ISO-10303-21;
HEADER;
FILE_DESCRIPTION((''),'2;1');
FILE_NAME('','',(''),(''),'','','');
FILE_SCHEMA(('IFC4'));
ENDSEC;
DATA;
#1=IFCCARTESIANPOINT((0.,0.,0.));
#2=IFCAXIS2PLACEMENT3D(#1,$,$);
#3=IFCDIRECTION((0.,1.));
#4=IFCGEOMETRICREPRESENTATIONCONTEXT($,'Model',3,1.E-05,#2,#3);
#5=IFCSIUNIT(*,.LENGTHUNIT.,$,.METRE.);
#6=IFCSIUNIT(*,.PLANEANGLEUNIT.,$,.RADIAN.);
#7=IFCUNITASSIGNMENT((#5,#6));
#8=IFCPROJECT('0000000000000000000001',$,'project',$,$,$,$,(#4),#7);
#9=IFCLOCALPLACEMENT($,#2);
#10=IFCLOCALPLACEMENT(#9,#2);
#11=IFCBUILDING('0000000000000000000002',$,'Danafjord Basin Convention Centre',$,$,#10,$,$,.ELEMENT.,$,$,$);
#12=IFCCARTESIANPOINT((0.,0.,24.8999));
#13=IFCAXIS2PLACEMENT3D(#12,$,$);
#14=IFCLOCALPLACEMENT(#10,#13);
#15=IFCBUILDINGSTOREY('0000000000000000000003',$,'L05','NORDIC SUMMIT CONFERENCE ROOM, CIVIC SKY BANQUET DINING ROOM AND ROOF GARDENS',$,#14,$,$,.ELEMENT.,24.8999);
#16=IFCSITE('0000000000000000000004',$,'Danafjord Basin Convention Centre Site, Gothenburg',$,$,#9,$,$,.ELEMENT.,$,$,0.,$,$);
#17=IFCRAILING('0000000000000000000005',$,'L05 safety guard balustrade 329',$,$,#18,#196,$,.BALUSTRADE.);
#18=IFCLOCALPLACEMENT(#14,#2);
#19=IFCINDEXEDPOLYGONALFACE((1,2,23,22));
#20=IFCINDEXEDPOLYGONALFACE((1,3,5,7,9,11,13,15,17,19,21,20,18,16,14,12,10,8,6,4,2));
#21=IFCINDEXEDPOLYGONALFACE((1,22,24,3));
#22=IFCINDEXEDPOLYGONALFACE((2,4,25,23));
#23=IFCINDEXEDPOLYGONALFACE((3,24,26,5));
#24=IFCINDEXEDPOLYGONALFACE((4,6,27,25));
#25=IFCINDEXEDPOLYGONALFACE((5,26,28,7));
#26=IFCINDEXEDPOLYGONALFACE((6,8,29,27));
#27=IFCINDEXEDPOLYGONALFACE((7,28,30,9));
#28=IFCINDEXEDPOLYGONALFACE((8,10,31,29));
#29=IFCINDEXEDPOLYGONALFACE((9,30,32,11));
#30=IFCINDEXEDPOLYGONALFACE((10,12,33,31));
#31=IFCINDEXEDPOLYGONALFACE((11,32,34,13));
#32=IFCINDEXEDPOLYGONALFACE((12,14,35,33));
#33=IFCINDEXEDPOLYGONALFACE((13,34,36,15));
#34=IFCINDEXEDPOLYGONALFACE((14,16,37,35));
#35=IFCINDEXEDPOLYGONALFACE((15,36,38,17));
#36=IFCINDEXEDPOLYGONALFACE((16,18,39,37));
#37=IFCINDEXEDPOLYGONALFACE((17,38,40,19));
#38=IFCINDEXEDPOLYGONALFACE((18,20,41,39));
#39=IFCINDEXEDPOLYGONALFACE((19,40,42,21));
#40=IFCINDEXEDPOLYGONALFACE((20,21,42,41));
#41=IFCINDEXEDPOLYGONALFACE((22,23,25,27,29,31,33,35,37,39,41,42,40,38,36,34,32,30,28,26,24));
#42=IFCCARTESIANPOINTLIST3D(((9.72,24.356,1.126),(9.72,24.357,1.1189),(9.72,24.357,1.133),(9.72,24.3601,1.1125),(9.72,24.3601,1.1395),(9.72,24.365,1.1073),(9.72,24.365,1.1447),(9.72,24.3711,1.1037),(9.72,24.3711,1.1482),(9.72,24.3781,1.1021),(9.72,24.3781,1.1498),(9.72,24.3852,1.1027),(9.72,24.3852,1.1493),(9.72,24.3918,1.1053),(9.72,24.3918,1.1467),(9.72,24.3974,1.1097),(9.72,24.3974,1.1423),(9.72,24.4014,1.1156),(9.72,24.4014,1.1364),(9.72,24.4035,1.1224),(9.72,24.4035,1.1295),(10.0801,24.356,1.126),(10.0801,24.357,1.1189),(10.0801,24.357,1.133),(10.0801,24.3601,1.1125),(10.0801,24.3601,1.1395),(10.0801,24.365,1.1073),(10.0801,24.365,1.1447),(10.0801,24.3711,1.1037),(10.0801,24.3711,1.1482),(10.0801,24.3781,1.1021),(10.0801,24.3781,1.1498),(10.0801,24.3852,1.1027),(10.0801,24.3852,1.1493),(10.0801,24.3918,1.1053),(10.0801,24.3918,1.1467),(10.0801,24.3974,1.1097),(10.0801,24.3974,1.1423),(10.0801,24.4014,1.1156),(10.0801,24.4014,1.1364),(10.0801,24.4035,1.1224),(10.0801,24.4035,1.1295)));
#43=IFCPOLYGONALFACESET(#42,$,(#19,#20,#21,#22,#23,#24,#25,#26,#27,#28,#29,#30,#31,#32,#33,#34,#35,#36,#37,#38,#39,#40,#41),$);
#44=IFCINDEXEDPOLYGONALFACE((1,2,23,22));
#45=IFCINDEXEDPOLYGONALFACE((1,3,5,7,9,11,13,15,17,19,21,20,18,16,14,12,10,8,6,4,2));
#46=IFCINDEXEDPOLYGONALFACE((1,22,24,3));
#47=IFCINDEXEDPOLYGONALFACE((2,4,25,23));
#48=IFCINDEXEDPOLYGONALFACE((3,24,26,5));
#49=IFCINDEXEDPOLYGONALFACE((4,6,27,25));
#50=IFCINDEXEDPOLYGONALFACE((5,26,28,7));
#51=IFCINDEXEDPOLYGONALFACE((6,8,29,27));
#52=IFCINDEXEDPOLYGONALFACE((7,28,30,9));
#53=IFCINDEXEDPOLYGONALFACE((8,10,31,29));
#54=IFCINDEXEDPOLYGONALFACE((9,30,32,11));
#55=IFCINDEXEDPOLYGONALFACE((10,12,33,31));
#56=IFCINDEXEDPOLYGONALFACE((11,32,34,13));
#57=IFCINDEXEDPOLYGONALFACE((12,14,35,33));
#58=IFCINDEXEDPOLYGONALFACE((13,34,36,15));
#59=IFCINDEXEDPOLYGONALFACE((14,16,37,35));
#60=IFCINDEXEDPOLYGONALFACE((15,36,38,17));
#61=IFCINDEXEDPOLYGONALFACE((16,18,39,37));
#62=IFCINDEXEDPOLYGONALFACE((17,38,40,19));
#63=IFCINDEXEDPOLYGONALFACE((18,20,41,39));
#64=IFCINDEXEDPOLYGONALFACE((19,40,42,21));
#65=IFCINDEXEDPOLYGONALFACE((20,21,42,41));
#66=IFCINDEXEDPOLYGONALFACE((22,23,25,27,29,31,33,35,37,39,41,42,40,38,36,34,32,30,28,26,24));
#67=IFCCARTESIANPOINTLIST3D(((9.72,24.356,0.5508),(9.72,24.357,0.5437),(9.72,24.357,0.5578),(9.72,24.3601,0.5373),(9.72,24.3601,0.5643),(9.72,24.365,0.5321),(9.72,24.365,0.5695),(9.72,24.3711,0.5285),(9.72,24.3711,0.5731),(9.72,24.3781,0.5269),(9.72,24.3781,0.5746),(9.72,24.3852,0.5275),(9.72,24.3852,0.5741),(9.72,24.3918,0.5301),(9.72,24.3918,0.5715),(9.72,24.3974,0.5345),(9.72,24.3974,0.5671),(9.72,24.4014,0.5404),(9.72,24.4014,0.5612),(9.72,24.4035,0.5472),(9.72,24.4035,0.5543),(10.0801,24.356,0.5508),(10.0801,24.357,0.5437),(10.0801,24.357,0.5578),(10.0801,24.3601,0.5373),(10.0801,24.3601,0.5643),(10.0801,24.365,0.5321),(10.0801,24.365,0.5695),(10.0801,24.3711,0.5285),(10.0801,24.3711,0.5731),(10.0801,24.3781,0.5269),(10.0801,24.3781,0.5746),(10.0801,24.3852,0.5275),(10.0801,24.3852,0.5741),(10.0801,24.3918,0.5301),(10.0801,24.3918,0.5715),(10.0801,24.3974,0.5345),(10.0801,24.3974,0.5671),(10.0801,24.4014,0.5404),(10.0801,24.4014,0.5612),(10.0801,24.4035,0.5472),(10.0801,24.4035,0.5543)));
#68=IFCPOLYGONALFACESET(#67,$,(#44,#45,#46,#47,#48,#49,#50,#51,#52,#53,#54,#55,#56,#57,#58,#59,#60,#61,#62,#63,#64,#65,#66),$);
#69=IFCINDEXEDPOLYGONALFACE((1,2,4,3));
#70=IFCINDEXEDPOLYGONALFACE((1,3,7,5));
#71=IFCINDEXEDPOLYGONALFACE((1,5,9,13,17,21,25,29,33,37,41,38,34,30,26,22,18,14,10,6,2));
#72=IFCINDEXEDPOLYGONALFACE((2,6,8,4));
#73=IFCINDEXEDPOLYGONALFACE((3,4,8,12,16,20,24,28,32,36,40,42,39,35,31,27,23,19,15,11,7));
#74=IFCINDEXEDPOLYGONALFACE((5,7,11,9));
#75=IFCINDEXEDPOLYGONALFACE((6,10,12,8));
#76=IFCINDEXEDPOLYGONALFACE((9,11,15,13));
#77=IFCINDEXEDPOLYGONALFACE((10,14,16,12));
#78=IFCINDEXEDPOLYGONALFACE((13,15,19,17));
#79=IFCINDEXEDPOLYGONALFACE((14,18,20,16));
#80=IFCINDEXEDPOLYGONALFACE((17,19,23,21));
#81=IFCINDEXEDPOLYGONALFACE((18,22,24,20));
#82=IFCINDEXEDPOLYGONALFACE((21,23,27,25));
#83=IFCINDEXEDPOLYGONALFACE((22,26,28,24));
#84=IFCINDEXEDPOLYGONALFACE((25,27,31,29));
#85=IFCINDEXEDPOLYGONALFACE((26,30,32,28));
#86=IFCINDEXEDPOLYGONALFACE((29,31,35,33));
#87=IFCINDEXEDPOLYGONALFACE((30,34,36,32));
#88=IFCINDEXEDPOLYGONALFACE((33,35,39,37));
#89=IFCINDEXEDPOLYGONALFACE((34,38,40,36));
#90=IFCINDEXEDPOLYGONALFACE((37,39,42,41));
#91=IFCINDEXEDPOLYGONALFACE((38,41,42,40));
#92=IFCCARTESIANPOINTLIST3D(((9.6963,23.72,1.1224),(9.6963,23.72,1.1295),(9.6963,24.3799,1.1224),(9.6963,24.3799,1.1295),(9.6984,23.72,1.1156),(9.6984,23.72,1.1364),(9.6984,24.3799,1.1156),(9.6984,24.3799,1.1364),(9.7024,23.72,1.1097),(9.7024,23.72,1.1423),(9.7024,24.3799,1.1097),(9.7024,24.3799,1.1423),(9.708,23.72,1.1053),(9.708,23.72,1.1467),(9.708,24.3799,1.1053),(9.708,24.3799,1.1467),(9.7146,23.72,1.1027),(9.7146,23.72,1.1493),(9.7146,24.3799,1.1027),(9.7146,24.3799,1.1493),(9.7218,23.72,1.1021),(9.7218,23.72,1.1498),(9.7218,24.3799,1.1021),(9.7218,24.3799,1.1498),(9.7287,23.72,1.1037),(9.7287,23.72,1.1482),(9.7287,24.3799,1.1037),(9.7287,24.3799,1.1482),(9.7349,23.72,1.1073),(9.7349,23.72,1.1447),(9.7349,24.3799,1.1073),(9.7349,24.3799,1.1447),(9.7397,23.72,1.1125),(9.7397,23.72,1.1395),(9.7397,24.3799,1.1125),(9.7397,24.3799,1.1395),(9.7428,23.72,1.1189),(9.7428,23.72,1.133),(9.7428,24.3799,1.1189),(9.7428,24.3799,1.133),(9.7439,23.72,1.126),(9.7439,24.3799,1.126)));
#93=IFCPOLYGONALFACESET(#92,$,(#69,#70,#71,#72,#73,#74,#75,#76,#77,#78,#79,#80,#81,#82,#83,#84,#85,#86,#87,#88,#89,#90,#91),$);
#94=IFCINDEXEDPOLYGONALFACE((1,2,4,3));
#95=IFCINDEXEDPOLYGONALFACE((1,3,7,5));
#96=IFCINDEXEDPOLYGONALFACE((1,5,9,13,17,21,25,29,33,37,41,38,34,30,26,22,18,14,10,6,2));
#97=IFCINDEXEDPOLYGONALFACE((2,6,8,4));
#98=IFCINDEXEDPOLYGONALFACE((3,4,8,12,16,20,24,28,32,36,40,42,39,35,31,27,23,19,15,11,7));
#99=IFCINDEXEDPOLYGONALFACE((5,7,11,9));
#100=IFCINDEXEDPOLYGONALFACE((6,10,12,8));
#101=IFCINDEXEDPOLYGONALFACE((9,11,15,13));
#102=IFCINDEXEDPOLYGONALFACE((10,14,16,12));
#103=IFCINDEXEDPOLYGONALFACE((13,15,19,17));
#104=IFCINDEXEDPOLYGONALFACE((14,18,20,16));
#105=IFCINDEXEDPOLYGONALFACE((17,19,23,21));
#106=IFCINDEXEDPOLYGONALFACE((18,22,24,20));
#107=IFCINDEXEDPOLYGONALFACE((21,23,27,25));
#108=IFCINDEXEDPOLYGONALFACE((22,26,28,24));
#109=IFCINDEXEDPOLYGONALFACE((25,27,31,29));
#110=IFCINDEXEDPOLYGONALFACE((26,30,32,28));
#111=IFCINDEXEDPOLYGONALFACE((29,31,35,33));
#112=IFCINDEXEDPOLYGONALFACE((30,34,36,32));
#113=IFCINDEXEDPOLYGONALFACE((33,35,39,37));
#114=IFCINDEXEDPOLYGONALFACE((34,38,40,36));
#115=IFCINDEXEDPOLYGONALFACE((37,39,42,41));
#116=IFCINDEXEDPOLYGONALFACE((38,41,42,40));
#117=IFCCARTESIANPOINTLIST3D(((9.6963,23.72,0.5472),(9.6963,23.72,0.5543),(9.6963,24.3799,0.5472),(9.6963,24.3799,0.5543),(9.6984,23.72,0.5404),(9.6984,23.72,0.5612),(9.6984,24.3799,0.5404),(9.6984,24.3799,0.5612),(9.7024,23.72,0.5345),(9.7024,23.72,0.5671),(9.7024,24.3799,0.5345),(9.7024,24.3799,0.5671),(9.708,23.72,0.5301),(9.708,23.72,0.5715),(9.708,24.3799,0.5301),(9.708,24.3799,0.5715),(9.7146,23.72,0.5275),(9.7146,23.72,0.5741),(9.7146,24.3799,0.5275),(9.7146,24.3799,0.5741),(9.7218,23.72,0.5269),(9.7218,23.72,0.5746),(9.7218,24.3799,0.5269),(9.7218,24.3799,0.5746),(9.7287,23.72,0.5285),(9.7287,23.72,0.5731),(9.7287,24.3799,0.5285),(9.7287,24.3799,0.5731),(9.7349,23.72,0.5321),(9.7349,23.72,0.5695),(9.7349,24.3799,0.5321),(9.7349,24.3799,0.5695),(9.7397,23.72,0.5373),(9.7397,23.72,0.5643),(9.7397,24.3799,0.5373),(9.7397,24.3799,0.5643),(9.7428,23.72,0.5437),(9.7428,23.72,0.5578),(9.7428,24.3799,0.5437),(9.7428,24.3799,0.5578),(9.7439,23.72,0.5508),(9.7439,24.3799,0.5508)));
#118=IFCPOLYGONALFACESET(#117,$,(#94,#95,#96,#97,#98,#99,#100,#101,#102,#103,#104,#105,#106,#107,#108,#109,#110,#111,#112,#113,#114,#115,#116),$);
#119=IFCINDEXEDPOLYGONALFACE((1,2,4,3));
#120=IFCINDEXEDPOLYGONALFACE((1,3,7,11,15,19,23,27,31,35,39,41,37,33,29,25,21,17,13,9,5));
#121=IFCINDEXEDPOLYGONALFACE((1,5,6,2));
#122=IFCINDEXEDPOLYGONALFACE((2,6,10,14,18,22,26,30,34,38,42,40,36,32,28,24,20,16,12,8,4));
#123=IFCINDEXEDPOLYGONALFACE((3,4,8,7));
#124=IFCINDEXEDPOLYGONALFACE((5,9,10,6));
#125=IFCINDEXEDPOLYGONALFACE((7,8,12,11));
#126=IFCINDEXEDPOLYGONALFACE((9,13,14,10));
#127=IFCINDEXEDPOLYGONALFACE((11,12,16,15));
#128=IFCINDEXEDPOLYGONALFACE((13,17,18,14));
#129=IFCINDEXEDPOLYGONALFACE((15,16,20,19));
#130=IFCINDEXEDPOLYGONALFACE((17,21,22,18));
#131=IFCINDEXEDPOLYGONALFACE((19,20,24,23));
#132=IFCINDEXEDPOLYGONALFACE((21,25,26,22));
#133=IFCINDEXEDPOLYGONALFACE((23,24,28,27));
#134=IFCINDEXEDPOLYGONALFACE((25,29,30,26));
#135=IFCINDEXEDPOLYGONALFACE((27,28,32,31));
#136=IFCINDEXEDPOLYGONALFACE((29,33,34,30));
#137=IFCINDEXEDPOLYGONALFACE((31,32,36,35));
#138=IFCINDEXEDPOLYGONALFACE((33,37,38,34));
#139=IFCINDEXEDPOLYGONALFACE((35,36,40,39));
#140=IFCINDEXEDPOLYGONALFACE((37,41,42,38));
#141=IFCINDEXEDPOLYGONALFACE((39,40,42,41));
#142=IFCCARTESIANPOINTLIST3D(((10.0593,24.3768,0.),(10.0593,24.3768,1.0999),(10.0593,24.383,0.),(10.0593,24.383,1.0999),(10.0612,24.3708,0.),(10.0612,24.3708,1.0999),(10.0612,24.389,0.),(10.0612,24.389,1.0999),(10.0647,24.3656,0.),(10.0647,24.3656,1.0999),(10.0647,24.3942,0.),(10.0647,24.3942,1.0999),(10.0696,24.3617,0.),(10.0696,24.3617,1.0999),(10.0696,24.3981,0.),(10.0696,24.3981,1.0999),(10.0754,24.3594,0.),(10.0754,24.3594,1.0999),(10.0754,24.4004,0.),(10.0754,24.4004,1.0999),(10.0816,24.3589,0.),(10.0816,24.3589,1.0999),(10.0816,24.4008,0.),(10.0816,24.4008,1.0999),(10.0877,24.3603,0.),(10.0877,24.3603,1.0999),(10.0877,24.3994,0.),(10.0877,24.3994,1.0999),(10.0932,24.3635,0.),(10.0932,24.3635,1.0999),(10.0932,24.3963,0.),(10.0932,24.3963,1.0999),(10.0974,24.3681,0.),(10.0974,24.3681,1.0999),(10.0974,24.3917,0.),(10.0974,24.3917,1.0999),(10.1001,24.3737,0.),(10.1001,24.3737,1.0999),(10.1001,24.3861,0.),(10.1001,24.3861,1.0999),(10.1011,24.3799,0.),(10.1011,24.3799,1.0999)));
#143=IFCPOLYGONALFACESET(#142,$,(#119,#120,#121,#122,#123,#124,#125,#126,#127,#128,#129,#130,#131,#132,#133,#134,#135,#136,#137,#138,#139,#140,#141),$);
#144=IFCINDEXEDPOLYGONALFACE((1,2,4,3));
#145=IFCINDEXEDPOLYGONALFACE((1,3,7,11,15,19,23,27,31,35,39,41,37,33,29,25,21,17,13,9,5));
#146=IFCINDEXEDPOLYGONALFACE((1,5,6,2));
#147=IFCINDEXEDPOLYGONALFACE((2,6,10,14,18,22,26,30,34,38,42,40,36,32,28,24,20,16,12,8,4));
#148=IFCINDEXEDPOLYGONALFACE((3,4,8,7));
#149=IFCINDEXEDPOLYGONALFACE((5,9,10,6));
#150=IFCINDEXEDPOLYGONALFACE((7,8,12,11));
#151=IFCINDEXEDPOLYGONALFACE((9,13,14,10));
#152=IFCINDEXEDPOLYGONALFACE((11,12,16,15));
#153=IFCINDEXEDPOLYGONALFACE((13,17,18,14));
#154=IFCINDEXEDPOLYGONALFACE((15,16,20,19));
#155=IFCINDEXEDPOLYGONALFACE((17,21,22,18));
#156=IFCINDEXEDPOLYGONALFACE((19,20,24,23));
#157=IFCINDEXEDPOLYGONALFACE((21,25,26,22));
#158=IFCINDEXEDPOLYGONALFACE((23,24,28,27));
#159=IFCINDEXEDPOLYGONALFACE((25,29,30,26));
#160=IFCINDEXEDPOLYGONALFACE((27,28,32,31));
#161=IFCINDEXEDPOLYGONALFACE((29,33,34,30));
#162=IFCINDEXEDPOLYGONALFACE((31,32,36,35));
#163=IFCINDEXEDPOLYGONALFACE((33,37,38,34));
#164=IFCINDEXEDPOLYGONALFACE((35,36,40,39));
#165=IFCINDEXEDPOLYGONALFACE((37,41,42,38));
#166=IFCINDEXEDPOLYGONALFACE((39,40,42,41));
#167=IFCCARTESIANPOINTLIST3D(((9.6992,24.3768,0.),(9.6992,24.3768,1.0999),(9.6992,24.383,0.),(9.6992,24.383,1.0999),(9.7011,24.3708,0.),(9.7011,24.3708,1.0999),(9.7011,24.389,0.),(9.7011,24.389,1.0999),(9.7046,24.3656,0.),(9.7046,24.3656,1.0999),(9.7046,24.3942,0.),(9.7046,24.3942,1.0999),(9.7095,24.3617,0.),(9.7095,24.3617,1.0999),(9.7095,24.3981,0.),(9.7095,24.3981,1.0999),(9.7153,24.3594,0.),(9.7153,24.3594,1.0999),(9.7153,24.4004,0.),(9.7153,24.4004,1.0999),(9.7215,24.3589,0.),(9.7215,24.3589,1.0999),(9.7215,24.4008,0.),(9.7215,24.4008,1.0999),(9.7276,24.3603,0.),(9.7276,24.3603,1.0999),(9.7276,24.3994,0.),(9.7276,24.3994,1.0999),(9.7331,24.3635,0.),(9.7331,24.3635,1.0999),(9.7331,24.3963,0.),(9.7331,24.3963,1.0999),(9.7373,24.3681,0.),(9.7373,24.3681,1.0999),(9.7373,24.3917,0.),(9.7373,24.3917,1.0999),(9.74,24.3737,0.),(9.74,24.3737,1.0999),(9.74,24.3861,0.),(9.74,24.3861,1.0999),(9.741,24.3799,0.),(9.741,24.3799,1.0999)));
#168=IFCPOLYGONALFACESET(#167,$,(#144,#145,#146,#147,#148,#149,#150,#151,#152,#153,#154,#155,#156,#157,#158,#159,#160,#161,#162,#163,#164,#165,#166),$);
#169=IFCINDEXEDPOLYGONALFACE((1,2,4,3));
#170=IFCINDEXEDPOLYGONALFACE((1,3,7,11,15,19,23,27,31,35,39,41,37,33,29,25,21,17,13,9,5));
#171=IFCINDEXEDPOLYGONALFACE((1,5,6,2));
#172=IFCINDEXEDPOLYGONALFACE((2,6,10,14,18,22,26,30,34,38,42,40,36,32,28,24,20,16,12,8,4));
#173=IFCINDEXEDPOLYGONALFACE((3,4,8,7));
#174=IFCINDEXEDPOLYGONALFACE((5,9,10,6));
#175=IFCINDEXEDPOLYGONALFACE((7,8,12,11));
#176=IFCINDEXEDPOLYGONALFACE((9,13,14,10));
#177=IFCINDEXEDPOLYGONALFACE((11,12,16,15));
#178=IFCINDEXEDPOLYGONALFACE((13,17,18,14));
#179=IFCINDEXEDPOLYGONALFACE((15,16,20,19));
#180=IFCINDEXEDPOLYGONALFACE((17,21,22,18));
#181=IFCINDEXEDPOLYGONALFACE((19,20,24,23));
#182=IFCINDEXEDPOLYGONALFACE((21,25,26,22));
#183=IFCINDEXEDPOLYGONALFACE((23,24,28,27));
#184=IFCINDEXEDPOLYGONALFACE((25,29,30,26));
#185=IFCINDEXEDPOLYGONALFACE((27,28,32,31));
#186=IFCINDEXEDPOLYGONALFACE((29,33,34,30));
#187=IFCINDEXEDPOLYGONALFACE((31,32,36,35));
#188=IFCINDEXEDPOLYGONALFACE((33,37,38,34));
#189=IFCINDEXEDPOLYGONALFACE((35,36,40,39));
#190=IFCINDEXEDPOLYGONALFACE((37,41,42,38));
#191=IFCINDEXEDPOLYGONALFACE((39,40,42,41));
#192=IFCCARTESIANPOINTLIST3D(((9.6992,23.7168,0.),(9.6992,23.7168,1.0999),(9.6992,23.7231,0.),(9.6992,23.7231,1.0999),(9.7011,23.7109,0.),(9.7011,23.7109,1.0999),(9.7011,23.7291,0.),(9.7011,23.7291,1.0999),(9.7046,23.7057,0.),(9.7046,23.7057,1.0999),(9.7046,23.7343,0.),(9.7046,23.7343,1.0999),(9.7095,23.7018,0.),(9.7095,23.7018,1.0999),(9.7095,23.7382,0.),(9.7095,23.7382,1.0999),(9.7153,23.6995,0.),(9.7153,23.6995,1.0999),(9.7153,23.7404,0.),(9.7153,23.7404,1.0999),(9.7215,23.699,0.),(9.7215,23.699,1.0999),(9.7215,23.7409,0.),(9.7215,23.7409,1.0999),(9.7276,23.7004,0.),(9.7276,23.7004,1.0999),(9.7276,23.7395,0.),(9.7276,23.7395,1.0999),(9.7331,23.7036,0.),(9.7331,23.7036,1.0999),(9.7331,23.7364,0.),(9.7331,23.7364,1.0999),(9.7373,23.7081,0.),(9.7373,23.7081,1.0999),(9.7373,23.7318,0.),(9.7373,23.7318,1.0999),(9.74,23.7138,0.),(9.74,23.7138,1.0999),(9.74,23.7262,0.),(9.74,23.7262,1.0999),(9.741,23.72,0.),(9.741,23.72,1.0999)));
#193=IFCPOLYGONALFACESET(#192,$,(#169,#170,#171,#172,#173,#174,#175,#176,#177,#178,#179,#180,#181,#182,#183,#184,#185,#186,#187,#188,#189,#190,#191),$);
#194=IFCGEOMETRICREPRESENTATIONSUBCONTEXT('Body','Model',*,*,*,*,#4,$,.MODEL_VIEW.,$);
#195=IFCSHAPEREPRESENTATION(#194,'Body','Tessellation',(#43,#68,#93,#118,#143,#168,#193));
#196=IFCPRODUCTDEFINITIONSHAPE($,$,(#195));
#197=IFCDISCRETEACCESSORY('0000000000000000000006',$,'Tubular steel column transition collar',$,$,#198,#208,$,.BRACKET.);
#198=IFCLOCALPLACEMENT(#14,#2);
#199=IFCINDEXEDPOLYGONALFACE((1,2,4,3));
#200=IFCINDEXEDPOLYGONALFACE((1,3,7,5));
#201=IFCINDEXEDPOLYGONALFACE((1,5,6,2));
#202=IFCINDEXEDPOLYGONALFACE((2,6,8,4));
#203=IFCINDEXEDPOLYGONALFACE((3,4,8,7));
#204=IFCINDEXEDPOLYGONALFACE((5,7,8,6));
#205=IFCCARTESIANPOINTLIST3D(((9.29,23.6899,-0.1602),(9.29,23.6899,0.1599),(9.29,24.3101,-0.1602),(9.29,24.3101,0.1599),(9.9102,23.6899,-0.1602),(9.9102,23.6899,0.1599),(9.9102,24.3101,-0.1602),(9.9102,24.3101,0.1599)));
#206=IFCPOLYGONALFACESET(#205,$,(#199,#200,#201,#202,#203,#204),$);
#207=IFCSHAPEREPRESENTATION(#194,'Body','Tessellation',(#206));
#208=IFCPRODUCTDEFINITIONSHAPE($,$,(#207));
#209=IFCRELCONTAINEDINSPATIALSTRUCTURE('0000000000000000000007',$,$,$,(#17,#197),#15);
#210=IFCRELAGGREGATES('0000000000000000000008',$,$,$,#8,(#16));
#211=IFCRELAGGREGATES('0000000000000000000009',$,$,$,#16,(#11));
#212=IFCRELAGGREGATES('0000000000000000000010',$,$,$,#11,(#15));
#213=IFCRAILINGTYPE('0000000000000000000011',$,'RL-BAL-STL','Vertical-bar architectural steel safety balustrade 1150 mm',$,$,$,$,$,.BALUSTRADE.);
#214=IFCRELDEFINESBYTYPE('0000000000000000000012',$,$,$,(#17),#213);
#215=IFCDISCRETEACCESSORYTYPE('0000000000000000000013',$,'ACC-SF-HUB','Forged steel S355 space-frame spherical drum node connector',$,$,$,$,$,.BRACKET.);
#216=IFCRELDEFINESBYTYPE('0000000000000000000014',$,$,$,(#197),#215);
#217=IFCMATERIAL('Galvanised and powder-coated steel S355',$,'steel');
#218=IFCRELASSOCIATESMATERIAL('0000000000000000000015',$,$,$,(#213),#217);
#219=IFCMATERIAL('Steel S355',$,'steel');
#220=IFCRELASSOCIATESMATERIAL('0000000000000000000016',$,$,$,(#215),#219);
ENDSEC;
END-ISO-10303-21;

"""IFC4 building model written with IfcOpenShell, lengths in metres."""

from ifc_helpers import new_model, si_unit, direction, frame, origin, origin_2d, place, context, subcontext, project, spatial, rectangle, circle, extrude, material, type_object, element, save


model = new_model("IFC4")

# Units and contexts
model_context = context("Model", 3, precision=1e-05, world=origin(), true_north=direction((0.0, 1.0)))
body_context = subcontext(model_context, "Body", "Model", "MODEL_VIEW")
ifc_project = project(units=[si_unit("LENGTHUNIT", "METRE"), si_unit("PLANEANGLEUNIT", "RADIAN")], contexts=[model_context])

# Site, building, storey
site_placement = place(None, origin())
site = spatial("IfcSite", under=ifc_project, at=site_placement, Name="Danafjord Basin Convention Centre Site, Gothenburg", CompositionType="ELEMENT", RefElevation=0.0)
building_placement = place(site_placement, origin())
building = spatial("IfcBuilding", under=site, at=building_placement, Name="Danafjord Basin Convention Centre", CompositionType="ELEMENT")
storey_placement = place(building_placement, frame((0.0, 0.0, 24.8999)))
storey = spatial("IfcBuildingStorey", under=building, at=storey_placement, Name="L05", Description="NORDIC SUMMIT CONFERENCE ROOM, CIVIC SKY BANQUET DINING ROOM AND ROOF GARDENS", CompositionType="ELEMENT", Elevation=24.8999)

# Shared definitions
ifc_material_1 = material(Name="Steel S355", Category="steel")

# Railing
ifc_material_2 = material(Name="Galvanised and powder-coated steel S355", Category="steel")
railing_type_1 = type_object("IfcRailingType", Name="RL-BAL-STL", Description="Vertical-bar architectural steel safety balustrade 1150 mm", PredefinedType="BALUSTRADE", material=ifc_material_2)
railing_1_placement = place(storey_placement, frame((10.0801, 24.3799, 0.0)))
element("IfcRailing", 1, at=railing_1_placement, inside=storey, type_object=railing_type_1, Name="L05 safety guard balustrade 329", PredefinedType="BALUSTRADE", context=body_context, shape_type="SweptSolid", body=[
    extrude(circle(Radius=0.0239, at=origin_2d()), frame((0.0, 0.0, 1.126), z_axis=(-1.0, 0.0, 0.0), x_axis=(0.0, -1.0, 0.0)), (0.0, 0.0, 1.0), 0.3601),
    extrude(circle(Radius=0.0239, at=origin_2d()), frame((0.0, 0.0, 0.5508), z_axis=(-1.0, 0.0, 0.0), x_axis=(0.0, -1.0, 0.0)), (0.0, 0.0, 1.0), 0.3601),
    extrude(circle(Radius=0.0239, at=origin_2d()), frame((-0.3601, 0.0, 1.126), z_axis=(0.0, -1.0, 0.0), x_axis=(1.0, 0.0, 0.0)), (0.0, 0.0, 1.0), 0.6599),
    extrude(circle(Radius=0.0239, at=origin_2d()), frame((-0.3601, 0.0, 0.5508), z_axis=(0.0, -1.0, 0.0), x_axis=(1.0, 0.0, 0.0)), (0.0, 0.0, 1.0), 0.6599),
    extrude(circle(Radius=0.021, at=origin_2d()), origin(), (0.0, 0.0, 1.0), 1.0999),
    extrude(circle(Radius=0.021, at=origin_2d()), frame((-0.3601, 0.0, 0.0)), (0.0, 0.0, 1.0), 1.0999),
    extrude(circle(Radius=0.021, at=origin_2d()), frame((-0.3601, -0.6599, 0.0)), (0.0, 0.0, 1.0), 1.0999),
])

# Discrete accessory
discrete_accessory_type = type_object("IfcDiscreteAccessoryType", Name="ACC-SF-HUB", Description="Forged steel S355 space-frame spherical drum node connector", PredefinedType="BRACKET", material=ifc_material_1)
for number, where, z_axis, x_axis, name in (
    (2, (9.6001, 24.0, -0.1602), (0.0, 0.0, 1.0), (1.0, 0.0, 0.0), "Tubular steel column transition collar"),
):
    element("IfcDiscreteAccessory", number, at=place(storey_placement, frame(where, z_axis=z_axis, x_axis=x_axis)), inside=storey, type_object=discrete_accessory_type, Name=name, PredefinedType="BRACKET", context=body_context, shape_type="SweptSolid", body=[
        extrude(rectangle(XDim=0.6201, YDim=0.6201, at=origin_2d()), origin(), (0.0, 0.0, 1.0), 0.3201),
    ])

save(model, "model.ifc")
